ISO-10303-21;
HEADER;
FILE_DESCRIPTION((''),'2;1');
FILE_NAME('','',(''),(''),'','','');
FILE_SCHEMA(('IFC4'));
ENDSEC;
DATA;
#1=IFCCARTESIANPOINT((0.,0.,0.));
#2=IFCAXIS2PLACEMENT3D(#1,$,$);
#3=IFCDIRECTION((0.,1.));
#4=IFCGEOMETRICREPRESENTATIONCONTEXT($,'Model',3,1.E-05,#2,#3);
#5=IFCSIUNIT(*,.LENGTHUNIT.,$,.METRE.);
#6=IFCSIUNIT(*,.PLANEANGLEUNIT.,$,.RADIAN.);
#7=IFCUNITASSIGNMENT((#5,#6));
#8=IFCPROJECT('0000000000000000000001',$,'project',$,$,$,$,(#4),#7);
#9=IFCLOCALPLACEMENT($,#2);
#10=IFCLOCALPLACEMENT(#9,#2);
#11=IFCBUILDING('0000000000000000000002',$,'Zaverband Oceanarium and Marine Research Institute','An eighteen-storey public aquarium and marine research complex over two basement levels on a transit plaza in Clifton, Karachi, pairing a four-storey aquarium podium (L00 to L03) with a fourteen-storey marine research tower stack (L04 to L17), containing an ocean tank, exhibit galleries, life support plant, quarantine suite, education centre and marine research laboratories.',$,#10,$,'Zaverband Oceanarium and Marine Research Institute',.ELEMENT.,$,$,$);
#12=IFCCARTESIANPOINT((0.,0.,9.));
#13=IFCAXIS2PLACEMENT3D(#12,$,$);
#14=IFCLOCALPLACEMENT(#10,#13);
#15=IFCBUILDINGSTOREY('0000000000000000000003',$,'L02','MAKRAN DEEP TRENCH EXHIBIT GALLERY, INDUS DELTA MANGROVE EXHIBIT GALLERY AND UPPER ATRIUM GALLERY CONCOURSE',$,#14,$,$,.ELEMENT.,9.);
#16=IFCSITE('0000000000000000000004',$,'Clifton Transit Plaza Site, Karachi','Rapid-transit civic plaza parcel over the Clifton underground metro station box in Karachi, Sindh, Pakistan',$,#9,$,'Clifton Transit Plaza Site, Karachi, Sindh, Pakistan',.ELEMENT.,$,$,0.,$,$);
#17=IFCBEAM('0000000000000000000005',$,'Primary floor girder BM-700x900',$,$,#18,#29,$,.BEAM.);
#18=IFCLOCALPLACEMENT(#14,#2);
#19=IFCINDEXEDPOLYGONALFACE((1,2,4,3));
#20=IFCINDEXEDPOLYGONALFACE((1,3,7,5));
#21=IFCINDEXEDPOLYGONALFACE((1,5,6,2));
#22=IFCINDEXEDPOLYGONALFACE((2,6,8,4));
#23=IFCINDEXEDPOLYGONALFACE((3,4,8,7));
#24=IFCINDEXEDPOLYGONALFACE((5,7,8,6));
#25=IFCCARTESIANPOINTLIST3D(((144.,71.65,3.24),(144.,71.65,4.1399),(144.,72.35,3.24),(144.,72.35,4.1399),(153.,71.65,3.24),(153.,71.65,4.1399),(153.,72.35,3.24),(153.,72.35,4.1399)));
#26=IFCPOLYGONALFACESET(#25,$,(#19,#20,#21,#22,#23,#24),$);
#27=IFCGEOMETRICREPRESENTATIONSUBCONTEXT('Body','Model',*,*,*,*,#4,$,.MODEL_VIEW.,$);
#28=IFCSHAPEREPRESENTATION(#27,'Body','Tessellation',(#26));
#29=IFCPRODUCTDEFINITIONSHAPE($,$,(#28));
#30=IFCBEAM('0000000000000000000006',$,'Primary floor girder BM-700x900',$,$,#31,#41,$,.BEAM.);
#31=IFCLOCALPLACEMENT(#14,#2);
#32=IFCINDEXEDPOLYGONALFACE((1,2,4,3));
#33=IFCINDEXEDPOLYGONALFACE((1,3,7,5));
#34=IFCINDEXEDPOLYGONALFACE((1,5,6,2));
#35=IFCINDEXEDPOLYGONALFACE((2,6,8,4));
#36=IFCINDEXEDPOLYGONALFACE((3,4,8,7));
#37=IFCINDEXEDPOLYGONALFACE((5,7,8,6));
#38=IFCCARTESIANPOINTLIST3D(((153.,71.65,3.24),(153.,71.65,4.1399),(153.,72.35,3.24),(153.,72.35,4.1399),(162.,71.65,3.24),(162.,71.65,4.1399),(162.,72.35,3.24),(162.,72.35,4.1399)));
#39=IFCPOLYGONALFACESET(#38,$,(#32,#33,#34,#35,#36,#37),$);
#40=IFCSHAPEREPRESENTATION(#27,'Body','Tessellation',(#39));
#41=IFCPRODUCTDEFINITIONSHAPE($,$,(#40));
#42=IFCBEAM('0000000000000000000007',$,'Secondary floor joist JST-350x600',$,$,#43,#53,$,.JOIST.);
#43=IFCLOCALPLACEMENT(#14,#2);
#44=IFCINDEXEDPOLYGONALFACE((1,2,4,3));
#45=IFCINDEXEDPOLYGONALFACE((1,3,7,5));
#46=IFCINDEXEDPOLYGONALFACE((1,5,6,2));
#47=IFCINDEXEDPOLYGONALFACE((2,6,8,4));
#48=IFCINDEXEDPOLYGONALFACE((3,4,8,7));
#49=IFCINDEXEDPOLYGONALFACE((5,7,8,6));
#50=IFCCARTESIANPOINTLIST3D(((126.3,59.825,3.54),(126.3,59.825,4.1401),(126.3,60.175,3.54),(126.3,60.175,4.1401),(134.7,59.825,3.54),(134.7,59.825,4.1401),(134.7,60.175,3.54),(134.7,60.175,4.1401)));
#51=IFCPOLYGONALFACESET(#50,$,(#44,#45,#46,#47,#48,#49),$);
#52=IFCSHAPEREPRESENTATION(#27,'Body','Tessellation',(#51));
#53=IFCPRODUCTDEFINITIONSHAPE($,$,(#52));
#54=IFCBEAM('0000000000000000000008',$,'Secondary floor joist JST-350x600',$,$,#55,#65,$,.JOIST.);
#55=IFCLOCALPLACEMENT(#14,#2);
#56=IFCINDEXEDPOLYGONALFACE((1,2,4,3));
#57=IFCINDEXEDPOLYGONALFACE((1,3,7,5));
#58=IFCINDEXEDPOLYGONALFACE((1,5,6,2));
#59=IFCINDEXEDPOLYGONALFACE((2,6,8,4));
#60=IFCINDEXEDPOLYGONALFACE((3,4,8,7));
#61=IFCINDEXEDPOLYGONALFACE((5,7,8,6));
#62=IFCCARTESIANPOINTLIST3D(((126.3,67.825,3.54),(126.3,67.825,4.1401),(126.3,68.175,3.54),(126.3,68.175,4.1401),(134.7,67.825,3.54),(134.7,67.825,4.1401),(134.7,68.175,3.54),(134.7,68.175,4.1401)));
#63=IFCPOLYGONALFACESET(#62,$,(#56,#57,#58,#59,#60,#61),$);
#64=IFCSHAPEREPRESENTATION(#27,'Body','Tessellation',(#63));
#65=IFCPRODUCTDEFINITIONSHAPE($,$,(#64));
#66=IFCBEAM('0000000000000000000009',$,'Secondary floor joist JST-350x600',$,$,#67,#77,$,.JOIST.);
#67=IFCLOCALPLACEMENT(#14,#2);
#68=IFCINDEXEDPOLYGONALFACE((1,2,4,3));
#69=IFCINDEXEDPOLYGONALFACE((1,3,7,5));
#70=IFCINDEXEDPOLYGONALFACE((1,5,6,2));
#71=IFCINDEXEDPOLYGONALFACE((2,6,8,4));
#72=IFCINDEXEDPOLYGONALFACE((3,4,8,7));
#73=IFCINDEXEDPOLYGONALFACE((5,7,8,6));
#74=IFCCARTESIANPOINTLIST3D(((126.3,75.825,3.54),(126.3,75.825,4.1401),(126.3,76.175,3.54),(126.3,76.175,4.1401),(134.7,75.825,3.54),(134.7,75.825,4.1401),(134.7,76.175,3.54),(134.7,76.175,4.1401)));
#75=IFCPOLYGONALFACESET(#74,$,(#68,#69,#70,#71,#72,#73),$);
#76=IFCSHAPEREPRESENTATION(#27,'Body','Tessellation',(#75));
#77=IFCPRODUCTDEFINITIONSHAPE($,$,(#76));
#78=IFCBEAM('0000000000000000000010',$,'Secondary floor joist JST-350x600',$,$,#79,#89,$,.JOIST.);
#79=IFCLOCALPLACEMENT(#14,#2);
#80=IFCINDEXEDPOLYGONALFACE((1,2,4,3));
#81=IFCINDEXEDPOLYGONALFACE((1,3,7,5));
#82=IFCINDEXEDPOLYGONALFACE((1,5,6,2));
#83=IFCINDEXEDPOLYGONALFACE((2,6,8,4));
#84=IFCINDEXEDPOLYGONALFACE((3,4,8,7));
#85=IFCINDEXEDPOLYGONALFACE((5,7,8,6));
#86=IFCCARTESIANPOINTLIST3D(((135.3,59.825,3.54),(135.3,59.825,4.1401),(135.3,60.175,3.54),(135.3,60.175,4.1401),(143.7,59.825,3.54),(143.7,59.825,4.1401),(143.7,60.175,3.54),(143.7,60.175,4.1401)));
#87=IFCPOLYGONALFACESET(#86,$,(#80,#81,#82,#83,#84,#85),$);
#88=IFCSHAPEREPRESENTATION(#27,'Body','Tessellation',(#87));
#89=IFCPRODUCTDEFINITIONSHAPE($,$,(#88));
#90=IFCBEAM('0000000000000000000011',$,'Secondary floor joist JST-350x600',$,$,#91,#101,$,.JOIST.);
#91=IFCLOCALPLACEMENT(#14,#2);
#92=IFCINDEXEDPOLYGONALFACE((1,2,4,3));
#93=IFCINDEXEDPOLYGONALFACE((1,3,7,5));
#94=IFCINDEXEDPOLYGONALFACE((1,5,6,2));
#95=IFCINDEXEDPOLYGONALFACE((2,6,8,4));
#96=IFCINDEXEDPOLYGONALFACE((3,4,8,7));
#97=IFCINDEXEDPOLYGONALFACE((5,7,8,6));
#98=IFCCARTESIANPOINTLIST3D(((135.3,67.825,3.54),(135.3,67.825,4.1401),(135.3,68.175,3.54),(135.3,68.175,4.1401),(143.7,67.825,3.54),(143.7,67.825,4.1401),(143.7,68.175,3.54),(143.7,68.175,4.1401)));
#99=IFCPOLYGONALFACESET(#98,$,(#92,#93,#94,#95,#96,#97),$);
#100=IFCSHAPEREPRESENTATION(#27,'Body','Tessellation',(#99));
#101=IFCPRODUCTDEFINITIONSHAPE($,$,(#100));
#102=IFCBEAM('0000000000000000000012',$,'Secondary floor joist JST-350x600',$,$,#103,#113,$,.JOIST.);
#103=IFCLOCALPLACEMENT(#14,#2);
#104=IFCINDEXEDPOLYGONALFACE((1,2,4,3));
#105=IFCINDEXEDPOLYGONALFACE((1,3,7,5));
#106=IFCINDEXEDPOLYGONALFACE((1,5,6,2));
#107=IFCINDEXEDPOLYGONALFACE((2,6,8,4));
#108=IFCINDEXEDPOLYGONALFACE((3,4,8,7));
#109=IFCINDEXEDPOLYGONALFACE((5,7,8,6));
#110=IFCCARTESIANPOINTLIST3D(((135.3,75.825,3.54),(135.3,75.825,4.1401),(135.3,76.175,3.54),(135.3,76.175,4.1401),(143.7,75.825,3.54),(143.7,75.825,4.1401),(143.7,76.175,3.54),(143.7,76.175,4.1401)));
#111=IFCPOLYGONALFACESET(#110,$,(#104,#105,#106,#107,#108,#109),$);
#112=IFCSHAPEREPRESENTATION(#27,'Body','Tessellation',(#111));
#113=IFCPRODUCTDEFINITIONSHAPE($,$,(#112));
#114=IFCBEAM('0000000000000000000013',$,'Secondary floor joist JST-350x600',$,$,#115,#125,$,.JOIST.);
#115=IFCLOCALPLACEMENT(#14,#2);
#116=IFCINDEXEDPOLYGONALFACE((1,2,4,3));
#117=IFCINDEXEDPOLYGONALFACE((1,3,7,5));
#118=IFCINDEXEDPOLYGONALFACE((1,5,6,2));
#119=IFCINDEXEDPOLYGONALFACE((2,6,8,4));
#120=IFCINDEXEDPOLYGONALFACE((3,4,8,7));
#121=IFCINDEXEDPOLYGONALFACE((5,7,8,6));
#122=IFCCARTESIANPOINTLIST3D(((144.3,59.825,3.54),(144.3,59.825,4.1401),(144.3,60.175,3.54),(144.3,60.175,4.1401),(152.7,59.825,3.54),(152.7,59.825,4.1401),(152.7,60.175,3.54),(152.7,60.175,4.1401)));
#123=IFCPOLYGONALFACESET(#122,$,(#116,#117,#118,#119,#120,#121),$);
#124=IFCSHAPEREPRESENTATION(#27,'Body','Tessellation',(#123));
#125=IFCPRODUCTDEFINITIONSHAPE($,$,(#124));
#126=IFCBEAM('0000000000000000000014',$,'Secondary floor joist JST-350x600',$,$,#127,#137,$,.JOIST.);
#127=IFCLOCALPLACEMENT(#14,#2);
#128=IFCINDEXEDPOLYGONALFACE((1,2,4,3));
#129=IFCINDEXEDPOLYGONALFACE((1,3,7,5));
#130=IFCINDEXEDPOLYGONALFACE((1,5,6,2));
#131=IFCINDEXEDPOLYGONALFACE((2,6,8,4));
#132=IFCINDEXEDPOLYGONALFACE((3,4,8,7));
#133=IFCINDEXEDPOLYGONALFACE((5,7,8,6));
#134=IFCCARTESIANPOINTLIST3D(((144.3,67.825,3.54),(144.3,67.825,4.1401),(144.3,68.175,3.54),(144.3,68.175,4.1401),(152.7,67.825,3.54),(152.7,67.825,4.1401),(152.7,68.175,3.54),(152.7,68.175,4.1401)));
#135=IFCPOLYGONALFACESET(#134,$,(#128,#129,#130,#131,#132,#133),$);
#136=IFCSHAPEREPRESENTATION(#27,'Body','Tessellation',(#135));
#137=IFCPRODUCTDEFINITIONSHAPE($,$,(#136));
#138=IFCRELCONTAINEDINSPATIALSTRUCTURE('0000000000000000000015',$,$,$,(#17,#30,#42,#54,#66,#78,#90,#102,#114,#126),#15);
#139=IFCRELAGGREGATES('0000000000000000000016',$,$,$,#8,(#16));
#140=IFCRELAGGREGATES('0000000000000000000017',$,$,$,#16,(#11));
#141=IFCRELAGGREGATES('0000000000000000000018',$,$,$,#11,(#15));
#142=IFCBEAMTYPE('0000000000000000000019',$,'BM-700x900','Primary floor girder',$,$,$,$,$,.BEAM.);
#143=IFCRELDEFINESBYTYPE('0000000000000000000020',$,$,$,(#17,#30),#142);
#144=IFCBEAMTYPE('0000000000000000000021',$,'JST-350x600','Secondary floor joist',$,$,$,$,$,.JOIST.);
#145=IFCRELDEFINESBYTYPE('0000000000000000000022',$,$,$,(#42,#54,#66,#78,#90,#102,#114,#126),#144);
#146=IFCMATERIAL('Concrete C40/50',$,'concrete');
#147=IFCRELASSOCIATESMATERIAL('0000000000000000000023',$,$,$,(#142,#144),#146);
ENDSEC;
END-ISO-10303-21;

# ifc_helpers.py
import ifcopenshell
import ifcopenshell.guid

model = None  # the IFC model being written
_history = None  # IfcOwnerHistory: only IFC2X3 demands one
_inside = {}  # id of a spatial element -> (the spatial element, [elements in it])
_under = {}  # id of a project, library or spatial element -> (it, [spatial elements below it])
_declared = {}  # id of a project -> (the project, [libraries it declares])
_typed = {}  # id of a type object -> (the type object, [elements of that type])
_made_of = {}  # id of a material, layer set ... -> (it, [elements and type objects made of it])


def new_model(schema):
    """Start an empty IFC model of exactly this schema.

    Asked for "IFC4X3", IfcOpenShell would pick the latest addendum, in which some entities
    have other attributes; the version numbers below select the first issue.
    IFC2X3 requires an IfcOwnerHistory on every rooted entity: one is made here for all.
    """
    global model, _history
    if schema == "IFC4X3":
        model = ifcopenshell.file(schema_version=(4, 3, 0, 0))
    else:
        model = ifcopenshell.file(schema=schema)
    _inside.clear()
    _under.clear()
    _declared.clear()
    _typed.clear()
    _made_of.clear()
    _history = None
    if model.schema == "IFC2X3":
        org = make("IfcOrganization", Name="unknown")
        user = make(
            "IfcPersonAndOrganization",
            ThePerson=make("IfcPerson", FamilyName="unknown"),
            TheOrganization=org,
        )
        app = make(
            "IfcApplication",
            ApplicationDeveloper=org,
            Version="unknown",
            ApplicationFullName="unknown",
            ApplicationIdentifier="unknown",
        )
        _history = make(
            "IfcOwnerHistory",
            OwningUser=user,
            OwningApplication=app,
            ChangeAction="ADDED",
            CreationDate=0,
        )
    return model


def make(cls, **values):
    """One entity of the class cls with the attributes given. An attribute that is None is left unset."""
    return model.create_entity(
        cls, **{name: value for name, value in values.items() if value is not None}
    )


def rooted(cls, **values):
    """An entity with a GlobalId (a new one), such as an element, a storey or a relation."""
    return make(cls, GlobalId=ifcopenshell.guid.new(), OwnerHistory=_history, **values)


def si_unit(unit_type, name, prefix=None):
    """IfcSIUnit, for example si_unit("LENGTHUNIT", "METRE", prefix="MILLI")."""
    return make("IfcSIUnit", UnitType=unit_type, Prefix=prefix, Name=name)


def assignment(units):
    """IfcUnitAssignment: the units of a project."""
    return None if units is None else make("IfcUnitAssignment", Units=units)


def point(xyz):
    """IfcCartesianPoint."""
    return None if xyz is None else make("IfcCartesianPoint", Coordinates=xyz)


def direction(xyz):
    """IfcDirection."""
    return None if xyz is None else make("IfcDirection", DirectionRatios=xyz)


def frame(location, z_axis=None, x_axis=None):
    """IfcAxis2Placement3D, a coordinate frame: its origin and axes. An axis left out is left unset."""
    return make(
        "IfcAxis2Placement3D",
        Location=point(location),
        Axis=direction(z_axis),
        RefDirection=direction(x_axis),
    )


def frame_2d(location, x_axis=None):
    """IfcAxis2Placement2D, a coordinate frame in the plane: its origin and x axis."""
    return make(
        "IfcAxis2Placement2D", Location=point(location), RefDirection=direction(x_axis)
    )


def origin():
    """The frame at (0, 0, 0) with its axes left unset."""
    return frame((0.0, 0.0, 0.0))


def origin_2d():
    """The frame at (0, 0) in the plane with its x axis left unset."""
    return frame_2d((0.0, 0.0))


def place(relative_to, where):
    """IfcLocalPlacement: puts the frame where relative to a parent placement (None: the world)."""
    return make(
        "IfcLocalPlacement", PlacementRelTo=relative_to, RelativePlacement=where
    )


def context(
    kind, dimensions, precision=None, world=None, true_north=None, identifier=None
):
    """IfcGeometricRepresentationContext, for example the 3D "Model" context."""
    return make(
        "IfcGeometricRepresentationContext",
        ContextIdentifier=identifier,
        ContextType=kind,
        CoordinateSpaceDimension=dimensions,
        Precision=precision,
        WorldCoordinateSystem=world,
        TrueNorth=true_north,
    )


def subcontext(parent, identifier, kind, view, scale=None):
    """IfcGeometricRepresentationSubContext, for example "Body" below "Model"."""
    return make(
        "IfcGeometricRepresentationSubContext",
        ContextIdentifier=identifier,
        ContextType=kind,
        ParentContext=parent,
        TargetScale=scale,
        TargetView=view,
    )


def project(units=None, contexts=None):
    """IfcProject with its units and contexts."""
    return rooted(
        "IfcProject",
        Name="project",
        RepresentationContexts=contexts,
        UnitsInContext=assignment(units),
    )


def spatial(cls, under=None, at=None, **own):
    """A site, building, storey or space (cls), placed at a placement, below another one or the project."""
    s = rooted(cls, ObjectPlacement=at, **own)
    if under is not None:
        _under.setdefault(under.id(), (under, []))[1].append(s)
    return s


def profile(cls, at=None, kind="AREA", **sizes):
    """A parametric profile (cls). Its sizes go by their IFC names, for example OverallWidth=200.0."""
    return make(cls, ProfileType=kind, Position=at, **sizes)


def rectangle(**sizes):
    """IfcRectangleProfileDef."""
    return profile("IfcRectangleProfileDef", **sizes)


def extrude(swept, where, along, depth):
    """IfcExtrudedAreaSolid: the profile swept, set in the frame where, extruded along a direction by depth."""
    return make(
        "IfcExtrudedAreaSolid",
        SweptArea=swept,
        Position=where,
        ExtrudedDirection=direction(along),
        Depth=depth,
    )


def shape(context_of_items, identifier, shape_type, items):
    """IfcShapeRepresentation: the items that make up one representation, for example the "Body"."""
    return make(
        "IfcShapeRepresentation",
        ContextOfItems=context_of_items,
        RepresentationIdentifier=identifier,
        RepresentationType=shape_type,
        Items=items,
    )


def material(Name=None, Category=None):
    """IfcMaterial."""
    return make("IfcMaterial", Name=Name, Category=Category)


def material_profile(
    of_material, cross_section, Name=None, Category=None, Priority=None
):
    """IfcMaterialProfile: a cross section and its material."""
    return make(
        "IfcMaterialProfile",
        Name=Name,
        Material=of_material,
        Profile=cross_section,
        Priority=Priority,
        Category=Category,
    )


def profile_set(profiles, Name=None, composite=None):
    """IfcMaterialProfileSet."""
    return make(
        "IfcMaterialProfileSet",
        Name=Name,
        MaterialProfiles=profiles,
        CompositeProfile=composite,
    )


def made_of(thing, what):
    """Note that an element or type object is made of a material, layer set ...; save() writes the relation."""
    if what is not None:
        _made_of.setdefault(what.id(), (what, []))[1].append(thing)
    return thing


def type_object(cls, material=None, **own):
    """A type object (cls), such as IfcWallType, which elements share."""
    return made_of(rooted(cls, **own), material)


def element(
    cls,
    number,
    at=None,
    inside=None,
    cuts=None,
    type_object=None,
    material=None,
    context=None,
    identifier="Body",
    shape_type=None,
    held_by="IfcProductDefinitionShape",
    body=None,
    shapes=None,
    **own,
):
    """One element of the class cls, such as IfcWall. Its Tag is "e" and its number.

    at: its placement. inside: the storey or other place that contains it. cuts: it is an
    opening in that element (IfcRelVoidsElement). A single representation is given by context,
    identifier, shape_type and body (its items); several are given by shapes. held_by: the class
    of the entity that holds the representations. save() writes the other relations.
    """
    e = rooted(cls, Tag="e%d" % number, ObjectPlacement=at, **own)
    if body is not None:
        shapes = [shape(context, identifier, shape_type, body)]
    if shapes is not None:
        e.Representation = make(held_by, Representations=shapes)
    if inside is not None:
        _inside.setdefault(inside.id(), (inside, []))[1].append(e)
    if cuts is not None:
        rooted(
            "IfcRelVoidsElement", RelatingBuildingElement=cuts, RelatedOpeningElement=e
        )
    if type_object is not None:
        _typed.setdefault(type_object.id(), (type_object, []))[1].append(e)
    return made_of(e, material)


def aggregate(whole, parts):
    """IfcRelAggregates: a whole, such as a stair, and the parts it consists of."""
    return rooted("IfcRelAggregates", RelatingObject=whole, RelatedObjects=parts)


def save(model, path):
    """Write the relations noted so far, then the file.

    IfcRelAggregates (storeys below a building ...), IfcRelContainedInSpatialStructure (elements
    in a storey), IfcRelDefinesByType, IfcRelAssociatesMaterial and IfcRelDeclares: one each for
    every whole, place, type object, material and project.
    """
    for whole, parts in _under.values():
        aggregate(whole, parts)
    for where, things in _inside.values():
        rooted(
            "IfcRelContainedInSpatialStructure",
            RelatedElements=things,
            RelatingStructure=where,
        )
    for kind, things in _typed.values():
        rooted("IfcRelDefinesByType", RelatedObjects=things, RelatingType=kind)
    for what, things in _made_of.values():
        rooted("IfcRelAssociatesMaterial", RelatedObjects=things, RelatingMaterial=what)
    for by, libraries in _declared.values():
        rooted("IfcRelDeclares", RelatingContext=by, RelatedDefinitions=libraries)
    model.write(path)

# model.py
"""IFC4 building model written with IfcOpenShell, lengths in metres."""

from ifc_helpers import new_model, si_unit, direction, frame, origin, origin_2d, place, context, subcontext, project, spatial, rectangle, extrude, material, material_profile, profile_set, type_object, element, save


model = new_model("IFC4")

# Units and contexts
model_context = context("Model", 3, precision=1e-05, world=origin(), true_north=direction((0.0, 1.0)))
body_context = subcontext(model_context, "Body", "Model", "MODEL_VIEW")
ifc_project = project(units=[si_unit("LENGTHUNIT", "METRE"), si_unit("PLANEANGLEUNIT", "RADIAN")], contexts=[model_context])

# Site, building, storey
site_placement = place(None, origin())
site = spatial("IfcSite", under=ifc_project, at=site_placement, Name="Clifton Transit Plaza Site, Karachi", Description="Rapid-transit civic plaza parcel over the Clifton underground metro station box in Karachi, Sindh, Pakistan", LongName="Clifton Transit Plaza Site, Karachi, Sindh, Pakistan", CompositionType="ELEMENT", RefElevation=0.0)
building_placement = place(site_placement, origin())
building = spatial("IfcBuilding", under=site, at=building_placement, Name="Zaverband Oceanarium and Marine Research Institute", Description="An eighteen-storey public aquarium and marine research complex over two basement levels on a transit plaza in Clifton, Karachi, pairing a four-storey aquarium podium (L00 to L03) with a fourteen-storey marine research tower stack (L04 to L17), containing an ocean tank, exhibit galleries, life support plant, quarantine suite, education centre and marine research laboratories.", LongName="Zaverband Oceanarium and Marine Research Institute", CompositionType="ELEMENT")
storey_placement = place(building_placement, frame((0.0, 0.0, 9.0)))
storey = spatial("IfcBuildingStorey", under=building, at=storey_placement, Name="L02", Description="MAKRAN DEEP TRENCH EXHIBIT GALLERY, INDUS DELTA MANGROVE EXHIBIT GALLERY AND UPPER ATRIUM GALLERY CONCOURSE", CompositionType="ELEMENT", Elevation=9.0)

# Beams
ifc_material_1 = material(Name="Concrete C40/50", Category="concrete")
ifc_material_profile_1 = material_profile(ifc_material_1, rectangle(XDim=0.7, YDim=0.8999, at=origin_2d()), Name="RC700x900")
ifc_profile_set_1 = profile_set([ifc_material_profile_1], Name="Concrete C40/50")
beam_type_1 = type_object("IfcBeamType", Name="BM-700x900", Description="Primary floor girder", PredefinedType="BEAM", material=ifc_profile_set_1)
for number, where, z_axis, x_axis, name in (
    (1, (144.0, 72.0, 3.6899), (1.0, 0.0, 0.0), (0.0, 1.0, 0.0), "Primary floor girder BM-700x900"),
    (2, (153.0, 72.0, 3.6899), (1.0, 0.0, 0.0), (0.0, 1.0, 0.0), "Primary floor girder BM-700x900"),
):
    element("IfcBeam", number, at=place(storey_placement, frame(where, z_axis=z_axis, x_axis=x_axis)), inside=storey, type_object=beam_type_1, Name=name, PredefinedType="BEAM", context=body_context, shape_type="SweptSolid", body=[
        extrude(rectangle(XDim=0.7, YDim=0.8999, at=origin_2d()), origin(), (0.0, 0.0, 1.0), 9.0),
    ])
ifc_material_profile_2 = material_profile(ifc_material_1, rectangle(XDim=0.3501, YDim=0.6001, at=origin_2d()), Name="RC350x600")
ifc_profile_set_2 = profile_set([ifc_material_profile_2], Name="Concrete C40/50")
beam_type_2 = type_object("IfcBeamType", Name="JST-350x600", Description="Secondary floor joist", PredefinedType="JOIST", material=ifc_profile_set_2)
for number, where, z_axis, x_axis, name in (
    (3, (126.3, 60.0, 3.8401), (1.0, 0.0, 0.0), (0.0, 1.0, 0.0), "Secondary floor joist JST-350x600"),
    (4, (126.3, 68.0, 3.8401), (1.0, 0.0, 0.0), (0.0, 1.0, 0.0), "Secondary floor joist JST-350x600"),
    (5, (126.3, 76.0, 3.8401), (1.0, 0.0, 0.0), (0.0, 1.0, 0.0), "Secondary floor joist JST-350x600"),
    (6, (135.3, 60.0, 3.8401), (1.0, 0.0, 0.0), (0.0, 1.0, 0.0), "Secondary floor joist JST-350x600"),
    (7, (135.3, 68.0, 3.8401), (1.0, 0.0, 0.0), (0.0, 1.0, 0.0), "Secondary floor joist JST-350x600"),
    (8, (135.3, 76.0, 3.8401), (1.0, 0.0, 0.0), (0.0, 1.0, 0.0), "Secondary floor joist JST-350x600"),
    (9, (144.3, 60.0, 3.8401), (1.0, 0.0, 0.0), (0.0, 1.0, 0.0), "Secondary floor joist JST-350x600"),
    (10, (144.3, 68.0, 3.8401), (1.0, 0.0, 0.0), (0.0, 1.0, 0.0), "Secondary floor joist JST-350x600"),
):
    element("IfcBeam", number, at=place(storey_placement, frame(where, z_axis=z_axis, x_axis=x_axis)), inside=storey, type_object=beam_type_2, Name=name, PredefinedType="JOIST", context=body_context, shape_type="SweptSolid", body=[
        extrude(rectangle(XDim=0.3501, YDim=0.6001, at=origin_2d()), origin(), (0.0, 0.0, 1.0), 8.3999),
    ])

save(model, "model.ifc")
